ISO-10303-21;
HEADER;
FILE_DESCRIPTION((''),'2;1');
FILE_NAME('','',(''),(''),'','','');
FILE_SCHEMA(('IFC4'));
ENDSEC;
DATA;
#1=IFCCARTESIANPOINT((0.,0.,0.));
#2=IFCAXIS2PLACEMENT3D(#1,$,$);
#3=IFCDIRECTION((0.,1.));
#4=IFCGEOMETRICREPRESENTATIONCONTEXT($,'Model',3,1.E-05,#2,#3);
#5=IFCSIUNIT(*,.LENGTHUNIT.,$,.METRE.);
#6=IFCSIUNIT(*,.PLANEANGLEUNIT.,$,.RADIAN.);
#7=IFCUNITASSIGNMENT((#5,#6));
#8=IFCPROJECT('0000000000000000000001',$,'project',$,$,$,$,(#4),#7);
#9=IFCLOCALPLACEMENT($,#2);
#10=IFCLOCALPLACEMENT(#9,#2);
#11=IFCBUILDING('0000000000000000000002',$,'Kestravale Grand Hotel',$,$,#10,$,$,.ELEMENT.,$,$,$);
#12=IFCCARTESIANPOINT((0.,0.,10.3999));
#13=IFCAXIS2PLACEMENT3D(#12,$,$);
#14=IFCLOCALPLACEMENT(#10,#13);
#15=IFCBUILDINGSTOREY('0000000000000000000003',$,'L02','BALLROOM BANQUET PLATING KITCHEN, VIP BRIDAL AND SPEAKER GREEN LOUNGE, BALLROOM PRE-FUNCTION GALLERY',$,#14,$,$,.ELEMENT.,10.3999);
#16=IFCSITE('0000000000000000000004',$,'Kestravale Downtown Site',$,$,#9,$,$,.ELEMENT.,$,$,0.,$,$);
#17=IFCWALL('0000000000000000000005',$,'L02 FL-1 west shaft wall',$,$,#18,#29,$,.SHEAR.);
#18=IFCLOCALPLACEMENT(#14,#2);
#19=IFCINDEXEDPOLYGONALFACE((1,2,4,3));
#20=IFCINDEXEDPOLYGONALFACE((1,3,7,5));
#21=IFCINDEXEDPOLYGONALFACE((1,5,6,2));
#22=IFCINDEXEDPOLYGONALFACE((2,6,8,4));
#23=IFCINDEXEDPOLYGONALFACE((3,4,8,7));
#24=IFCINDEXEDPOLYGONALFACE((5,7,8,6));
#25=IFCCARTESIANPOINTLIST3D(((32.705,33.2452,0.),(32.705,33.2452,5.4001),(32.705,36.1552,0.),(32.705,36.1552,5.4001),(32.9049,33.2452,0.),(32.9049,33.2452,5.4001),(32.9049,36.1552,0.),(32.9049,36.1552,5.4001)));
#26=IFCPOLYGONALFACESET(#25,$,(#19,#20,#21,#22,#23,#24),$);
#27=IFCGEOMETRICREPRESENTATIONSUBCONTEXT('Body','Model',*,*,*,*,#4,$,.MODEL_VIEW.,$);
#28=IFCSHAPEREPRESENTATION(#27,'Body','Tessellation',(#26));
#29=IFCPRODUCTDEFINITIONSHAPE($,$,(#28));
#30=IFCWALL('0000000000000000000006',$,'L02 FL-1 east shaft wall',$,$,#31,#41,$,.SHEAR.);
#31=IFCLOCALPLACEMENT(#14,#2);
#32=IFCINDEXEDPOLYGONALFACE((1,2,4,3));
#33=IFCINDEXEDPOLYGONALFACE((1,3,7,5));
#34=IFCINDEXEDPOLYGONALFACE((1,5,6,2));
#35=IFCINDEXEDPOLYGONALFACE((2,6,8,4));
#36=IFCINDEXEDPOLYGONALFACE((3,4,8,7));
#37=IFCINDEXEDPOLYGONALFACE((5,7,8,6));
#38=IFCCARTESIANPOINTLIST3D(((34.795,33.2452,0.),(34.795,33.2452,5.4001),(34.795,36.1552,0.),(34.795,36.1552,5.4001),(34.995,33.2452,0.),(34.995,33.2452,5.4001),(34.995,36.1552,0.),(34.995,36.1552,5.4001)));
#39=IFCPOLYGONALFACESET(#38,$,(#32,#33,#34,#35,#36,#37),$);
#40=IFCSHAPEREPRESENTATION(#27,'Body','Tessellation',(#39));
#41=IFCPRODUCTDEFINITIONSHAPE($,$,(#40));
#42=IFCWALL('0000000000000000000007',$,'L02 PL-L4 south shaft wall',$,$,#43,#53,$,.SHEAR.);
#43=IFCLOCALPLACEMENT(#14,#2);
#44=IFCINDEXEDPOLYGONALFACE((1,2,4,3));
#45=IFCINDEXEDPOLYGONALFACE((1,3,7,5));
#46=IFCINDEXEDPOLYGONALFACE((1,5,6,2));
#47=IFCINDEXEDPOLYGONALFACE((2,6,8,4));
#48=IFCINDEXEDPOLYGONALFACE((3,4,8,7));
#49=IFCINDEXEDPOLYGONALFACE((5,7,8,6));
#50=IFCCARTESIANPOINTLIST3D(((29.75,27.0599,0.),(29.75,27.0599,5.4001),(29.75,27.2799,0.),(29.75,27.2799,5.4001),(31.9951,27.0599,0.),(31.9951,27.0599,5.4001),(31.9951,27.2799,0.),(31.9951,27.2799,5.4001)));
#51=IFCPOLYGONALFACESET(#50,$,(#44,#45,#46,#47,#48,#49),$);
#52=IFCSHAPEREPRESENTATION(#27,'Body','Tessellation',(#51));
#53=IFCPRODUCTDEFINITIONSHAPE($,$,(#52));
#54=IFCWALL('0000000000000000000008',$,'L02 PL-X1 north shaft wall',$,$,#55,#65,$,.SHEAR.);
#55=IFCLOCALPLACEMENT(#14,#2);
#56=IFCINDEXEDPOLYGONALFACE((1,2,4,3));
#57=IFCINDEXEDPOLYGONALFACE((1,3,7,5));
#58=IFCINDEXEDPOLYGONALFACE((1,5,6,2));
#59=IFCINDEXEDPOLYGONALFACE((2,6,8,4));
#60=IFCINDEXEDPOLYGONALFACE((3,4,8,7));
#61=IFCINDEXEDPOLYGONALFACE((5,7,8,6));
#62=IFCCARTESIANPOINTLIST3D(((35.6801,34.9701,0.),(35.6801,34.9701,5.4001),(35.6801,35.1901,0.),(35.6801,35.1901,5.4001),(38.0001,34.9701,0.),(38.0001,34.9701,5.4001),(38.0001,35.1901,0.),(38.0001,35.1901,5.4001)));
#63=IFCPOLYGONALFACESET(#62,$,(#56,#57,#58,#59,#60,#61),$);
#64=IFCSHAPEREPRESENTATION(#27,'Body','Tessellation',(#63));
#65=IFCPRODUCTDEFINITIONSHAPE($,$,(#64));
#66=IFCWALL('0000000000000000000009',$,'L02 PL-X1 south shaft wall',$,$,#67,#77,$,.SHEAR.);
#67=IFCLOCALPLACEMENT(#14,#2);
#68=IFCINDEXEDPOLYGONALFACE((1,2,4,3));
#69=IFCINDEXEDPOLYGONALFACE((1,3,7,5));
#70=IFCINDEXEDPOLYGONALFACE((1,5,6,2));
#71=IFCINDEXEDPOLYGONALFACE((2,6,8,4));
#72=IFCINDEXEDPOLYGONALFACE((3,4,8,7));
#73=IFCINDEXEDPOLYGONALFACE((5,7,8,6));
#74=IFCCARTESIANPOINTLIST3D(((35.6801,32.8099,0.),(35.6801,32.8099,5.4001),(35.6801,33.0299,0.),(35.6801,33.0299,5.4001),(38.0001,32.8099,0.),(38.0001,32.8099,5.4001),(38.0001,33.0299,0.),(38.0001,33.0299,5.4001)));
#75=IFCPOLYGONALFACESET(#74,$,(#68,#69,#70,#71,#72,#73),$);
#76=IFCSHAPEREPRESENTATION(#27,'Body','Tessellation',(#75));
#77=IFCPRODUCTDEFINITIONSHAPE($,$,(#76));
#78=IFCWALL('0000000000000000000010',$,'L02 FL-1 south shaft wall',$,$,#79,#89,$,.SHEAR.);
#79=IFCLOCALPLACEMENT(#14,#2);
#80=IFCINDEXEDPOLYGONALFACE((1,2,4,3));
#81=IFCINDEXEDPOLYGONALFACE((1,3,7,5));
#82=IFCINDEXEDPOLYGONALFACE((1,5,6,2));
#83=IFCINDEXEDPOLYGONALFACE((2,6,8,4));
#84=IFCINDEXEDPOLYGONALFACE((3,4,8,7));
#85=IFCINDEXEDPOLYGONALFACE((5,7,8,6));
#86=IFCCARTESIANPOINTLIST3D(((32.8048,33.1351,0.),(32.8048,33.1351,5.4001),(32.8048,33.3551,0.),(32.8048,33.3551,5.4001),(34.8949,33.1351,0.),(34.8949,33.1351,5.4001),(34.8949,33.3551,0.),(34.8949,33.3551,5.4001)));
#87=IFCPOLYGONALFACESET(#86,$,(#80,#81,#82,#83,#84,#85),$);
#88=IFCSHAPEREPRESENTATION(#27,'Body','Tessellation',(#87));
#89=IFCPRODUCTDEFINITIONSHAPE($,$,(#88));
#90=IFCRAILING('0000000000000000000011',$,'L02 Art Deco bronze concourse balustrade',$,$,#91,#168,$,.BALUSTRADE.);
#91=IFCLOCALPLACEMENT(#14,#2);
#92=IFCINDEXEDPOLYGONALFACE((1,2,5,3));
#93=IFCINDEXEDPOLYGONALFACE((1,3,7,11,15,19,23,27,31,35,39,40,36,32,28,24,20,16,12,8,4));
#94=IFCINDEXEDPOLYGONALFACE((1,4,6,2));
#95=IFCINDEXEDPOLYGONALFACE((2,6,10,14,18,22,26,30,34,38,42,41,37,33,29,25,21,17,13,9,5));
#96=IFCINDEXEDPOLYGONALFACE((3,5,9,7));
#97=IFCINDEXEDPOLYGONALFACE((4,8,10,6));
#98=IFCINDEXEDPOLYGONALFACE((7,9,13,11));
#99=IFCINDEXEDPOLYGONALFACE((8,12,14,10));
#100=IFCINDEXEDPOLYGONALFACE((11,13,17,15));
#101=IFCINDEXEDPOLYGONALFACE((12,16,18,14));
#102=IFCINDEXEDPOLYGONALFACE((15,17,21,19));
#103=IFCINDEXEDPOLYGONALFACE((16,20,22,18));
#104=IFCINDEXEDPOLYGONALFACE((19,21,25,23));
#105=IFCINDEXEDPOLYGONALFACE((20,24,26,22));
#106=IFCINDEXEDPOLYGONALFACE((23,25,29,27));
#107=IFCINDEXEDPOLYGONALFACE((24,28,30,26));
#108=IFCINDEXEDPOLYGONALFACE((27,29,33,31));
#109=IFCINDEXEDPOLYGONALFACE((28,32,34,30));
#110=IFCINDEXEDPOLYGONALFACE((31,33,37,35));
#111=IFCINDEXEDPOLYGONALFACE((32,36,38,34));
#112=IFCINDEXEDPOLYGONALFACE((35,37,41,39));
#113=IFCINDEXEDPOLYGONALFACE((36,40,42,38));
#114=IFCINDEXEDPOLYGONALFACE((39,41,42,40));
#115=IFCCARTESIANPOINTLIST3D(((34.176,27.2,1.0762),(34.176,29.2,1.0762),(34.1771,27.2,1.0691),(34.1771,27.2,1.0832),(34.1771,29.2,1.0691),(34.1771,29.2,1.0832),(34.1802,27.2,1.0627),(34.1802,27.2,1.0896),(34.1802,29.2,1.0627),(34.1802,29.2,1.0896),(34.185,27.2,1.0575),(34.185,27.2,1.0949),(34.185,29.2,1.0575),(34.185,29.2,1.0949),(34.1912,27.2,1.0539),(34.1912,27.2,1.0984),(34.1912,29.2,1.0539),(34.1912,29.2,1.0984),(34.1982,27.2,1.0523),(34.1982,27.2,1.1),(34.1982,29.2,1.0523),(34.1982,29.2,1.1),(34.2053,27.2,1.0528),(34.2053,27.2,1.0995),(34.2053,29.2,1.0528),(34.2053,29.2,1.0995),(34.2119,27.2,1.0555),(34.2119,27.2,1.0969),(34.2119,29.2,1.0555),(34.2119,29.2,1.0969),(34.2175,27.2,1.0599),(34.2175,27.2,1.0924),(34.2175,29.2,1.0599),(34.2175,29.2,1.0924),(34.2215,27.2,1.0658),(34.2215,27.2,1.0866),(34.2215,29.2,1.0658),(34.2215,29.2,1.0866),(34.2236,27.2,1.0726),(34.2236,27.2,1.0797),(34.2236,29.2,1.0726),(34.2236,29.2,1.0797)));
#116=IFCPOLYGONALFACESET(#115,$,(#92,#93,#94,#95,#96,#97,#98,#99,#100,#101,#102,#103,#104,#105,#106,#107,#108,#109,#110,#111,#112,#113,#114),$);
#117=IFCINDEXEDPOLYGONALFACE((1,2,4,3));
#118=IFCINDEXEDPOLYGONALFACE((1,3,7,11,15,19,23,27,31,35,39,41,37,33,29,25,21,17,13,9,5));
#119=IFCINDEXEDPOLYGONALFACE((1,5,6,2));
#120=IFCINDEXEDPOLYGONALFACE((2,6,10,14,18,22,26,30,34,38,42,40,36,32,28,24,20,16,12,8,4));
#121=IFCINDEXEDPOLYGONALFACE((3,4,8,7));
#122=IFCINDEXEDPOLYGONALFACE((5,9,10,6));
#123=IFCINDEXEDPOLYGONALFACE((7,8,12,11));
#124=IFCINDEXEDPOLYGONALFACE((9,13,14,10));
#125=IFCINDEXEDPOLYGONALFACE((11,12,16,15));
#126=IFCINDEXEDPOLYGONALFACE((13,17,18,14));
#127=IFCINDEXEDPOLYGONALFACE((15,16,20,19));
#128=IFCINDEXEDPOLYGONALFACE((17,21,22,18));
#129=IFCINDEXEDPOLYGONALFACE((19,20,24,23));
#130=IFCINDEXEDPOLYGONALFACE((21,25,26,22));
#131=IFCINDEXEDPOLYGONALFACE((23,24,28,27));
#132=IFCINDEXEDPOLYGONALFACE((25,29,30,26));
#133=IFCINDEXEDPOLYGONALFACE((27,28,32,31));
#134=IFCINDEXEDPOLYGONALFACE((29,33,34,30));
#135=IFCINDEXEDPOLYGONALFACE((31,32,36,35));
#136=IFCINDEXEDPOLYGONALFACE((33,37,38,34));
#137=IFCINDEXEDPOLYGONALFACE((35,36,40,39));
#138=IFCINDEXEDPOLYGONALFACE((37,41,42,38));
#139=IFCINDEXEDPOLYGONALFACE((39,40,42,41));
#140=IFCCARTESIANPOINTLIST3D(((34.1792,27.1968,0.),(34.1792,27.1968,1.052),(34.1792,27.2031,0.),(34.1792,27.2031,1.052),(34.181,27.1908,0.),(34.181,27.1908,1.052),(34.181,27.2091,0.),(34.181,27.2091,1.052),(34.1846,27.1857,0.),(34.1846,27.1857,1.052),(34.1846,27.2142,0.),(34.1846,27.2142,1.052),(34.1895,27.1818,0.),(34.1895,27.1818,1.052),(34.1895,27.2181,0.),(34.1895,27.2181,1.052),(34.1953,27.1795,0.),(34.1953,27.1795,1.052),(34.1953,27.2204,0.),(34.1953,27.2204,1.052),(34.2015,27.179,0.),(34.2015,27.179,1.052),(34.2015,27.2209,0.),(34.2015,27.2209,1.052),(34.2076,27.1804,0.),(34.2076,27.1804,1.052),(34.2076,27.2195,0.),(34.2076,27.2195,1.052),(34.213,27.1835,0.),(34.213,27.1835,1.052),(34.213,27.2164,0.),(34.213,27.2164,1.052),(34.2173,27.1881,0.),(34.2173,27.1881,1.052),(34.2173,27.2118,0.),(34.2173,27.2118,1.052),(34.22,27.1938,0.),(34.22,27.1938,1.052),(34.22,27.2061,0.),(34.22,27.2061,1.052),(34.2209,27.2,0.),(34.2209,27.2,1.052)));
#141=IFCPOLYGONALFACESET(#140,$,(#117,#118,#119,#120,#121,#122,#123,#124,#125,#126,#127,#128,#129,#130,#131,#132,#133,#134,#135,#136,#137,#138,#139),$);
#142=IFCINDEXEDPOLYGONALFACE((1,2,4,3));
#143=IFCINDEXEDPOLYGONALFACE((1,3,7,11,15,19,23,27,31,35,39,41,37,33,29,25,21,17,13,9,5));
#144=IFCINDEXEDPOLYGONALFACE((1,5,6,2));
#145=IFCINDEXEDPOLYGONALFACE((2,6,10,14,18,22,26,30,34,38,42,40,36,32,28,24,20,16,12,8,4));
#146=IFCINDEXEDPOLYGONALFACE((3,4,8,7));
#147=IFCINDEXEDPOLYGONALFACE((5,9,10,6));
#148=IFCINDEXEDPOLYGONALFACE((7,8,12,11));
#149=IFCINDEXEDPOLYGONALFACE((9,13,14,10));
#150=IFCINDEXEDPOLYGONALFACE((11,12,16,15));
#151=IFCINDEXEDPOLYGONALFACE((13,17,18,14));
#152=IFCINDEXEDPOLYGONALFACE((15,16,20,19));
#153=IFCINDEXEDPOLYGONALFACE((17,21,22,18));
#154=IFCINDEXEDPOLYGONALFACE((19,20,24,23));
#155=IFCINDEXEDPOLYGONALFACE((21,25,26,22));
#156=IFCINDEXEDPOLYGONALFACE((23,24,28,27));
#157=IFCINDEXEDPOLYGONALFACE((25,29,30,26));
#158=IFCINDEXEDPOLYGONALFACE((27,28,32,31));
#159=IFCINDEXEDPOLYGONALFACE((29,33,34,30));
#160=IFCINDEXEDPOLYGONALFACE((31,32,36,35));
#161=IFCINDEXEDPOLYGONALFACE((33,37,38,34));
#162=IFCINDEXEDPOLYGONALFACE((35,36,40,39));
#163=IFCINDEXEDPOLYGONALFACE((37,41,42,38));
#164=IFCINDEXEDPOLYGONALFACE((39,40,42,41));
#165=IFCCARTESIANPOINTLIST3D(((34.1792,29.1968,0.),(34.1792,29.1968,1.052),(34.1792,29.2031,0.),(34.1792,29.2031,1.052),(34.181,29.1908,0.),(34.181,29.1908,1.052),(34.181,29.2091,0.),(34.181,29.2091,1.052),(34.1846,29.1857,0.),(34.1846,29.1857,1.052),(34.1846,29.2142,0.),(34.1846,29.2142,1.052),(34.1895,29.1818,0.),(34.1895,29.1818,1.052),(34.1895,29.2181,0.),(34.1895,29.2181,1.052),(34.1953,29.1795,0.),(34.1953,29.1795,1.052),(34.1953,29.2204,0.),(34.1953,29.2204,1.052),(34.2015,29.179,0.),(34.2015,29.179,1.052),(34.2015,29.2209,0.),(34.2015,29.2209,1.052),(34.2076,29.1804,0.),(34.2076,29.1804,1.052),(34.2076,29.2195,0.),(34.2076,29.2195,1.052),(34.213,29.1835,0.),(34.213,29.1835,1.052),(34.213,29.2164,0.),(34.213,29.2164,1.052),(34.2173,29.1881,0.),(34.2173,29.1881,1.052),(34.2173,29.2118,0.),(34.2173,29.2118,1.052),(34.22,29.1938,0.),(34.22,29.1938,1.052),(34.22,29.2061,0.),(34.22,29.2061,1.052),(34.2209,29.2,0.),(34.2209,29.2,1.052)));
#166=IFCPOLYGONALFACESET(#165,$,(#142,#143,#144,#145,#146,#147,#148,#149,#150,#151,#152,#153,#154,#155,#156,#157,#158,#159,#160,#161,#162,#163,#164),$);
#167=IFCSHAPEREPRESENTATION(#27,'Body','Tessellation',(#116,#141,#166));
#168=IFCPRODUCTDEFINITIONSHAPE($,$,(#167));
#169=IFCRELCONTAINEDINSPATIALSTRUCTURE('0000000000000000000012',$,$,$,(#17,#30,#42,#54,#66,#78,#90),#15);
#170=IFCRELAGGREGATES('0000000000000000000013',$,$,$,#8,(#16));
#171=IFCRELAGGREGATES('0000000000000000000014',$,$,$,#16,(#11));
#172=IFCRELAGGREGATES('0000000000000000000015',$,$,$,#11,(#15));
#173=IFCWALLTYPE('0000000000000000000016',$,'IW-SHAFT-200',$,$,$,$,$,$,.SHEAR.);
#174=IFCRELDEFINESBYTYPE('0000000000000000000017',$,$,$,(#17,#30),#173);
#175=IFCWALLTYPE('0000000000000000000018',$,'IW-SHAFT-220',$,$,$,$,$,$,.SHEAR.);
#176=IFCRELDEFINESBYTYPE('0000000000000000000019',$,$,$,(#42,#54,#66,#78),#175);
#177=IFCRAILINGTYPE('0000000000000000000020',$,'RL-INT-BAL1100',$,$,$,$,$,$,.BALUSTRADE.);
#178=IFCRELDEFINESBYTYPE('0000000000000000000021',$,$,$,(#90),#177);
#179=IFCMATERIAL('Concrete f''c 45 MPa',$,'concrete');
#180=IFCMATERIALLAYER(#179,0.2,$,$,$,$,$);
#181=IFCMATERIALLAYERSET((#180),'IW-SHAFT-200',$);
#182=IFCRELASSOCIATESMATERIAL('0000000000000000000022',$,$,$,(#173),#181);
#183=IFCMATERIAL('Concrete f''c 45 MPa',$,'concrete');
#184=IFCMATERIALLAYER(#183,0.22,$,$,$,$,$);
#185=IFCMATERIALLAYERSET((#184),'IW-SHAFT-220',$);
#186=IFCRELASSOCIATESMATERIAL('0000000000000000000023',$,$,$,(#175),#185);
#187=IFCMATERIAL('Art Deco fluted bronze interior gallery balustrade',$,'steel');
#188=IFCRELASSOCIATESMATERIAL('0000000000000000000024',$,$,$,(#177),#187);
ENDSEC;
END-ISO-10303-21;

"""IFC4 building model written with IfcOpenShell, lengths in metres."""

from ifc_helpers import new_model, si_unit, direction, frame, frame_2d, origin, origin_2d, place, context, subcontext, project, spatial, rectangle, circle, extrude, material, layer, layer_set, type_object, element, save


model = new_model("IFC4")

# Units and contexts
model_context = context("Model", 3, precision=1e-05, world=origin(), true_north=direction((0.0, 1.0)))
body_context = subcontext(model_context, "Body", "Model", "MODEL_VIEW")
ifc_project = project(units=[si_unit("LENGTHUNIT", "METRE"), si_unit("PLANEANGLEUNIT", "RADIAN")], contexts=[model_context])

# Site, building, storey
site_placement = place(None, origin())
site = spatial("IfcSite", under=ifc_project, at=site_placement, Name="Kestravale Downtown Site", CompositionType="ELEMENT", RefElevation=0.0)
building_placement = place(site_placement, origin())
building = spatial("IfcBuilding", under=site, at=building_placement, Name="Kestravale Grand Hotel", CompositionType="ELEMENT")
storey_placement = place(building_placement, frame((0.0, 0.0, 10.3999)))
storey = spatial("IfcBuildingStorey", under=building, at=storey_placement, Name="L02", Description="BALLROOM BANQUET PLATING KITCHEN, VIP BRIDAL AND SPEAKER GREEN LOUNGE, BALLROOM PRE-FUNCTION GALLERY", CompositionType="ELEMENT", Elevation=10.3999)

# Walls
ifc_material_1 = material(Name="Concrete f'c 45 MPa", Category="concrete")
ifc_layer_1 = layer(ifc_material_1, 0.2)
ifc_layer_set_1 = layer_set([ifc_layer_1], Name="IW-SHAFT-200")
wall_type_1 = type_object("IfcWallType", Name="IW-SHAFT-200", PredefinedType="SHEAR", material=ifc_layer_set_1)
for number, where, z_axis, x_axis, name in (
    (1, (32.8049, 33.2451, 0.0), (0.0, 0.0, 1.0), (0.0, 1.0, 0.0), "L02 FL-1 west shaft wall"),
    (2, (34.895, 33.2451, 0.0), (0.0, 0.0, 1.0), (0.0, 1.0, 0.0), "L02 FL-1 east shaft wall"),
):
    element("IfcWall", number, at=place(storey_placement, frame(where, z_axis=z_axis, x_axis=x_axis)), inside=storey, type_object=wall_type_1, Name=name, PredefinedType="SHEAR", context=body_context, shape_type="SweptSolid", body=[
        extrude(rectangle(XDim=2.9099, YDim=0.2, at=frame_2d((1.4551, 0.0))), origin(), (0.0, 0.0, 1.0), 5.4001),
    ])

# Shared definitions
ifc_material_2 = material(Name="Concrete f'c 45 MPa", Category="concrete")
ifc_layer_2 = layer(ifc_material_2, 0.22)
ifc_layer_set_2 = layer_set([ifc_layer_2], Name="IW-SHAFT-220")
wall_type_2 = type_object("IfcWallType", Name="IW-SHAFT-220", PredefinedType="SHEAR", material=ifc_layer_set_2)

# Walls
wall_1_placement = place(storey_placement, frame((29.75, 27.1699, 0.0), z_axis=(0.0, 0.0, 1.0), x_axis=(1.0, 0.0, 0.0)))
element("IfcWall", 3, at=wall_1_placement, inside=storey, type_object=wall_type_2, Name="L02 PL-L4 south shaft wall", PredefinedType="SHEAR", context=body_context, shape_type="SweptSolid", body=[
    extrude(rectangle(XDim=2.2451, YDim=0.22, at=frame_2d((1.1226, 0.0))), origin(), (0.0, 0.0, 1.0), 5.4001),
])
for number, where, z_axis, x_axis, name in (
    (4, (35.6799, 35.0801, 0.0), (0.0, 0.0, 1.0), (1.0, 0.0, 0.0), "L02 PL-X1 north shaft wall"),
    (5, (35.6799, 32.9199, 0.0), (0.0, 0.0, 1.0), (1.0, 0.0, 0.0), "L02 PL-X1 south shaft wall"),
):
    element("IfcWall", number, at=place(storey_placement, frame(where, z_axis=z_axis, x_axis=x_axis)), inside=storey, type_object=wall_type_2, Name=name, PredefinedType="SHEAR", context=body_context, shape_type="SweptSolid", body=[
        extrude(rectangle(XDim=2.3201, YDim=0.22, at=frame_2d((1.1602, 0.0))), origin(), (0.0, 0.0, 1.0), 5.4001),
    ])
wall_2_placement = place(storey_placement, frame((32.8049, 33.2451, 0.0), z_axis=(0.0, 0.0, 1.0), x_axis=(1.0, 0.0, 0.0)))
element("IfcWall", 6, at=wall_2_placement, inside=storey, type_object=wall_type_2, Name="L02 FL-1 south shaft wall", PredefinedType="SHEAR", context=body_context, shape_type="SweptSolid", body=[
    extrude(rectangle(XDim=2.0901, YDim=0.22, at=frame_2d((1.0449, 0.0))), origin(), (0.0, 0.0, 1.0), 5.4001),
])

# Railing
ifc_material_3 = material(Name="Art Deco fluted bronze interior gallery balustrade", Category="steel")
railing_type = type_object("IfcRailingType", Name="RL-INT-BAL1100", PredefinedType="BALUSTRADE", material=ifc_material_3)
railing_placement = place(storey_placement, frame((34.2, 27.2, 0.0)))
element("IfcRailing", 7, at=railing_placement, inside=storey, type_object=railing_type, Name="L02 Art Deco bronze concourse balustrade", PredefinedType="BALUSTRADE", context=body_context, shape_type="SweptSolid", body=[
    extrude(circle(Radius=0.0239, at=origin_2d()), frame((0.0, 0.0, 1.0762), z_axis=(0.0, 1.0, 0.0), x_axis=(-1.0, 0.0, 0.0)), (0.0, 0.0, 1.0), 2.0),
    extrude(circle(Radius=0.021, at=origin_2d()), origin(), (0.0, 0.0, 1.0), 1.052),
    extrude(circle(Radius=0.021, at=origin_2d()), frame((0.0, 2.0, 0.0)), (0.0, 0.0, 1.0), 1.052),
])

save(model, "model.ifc")
